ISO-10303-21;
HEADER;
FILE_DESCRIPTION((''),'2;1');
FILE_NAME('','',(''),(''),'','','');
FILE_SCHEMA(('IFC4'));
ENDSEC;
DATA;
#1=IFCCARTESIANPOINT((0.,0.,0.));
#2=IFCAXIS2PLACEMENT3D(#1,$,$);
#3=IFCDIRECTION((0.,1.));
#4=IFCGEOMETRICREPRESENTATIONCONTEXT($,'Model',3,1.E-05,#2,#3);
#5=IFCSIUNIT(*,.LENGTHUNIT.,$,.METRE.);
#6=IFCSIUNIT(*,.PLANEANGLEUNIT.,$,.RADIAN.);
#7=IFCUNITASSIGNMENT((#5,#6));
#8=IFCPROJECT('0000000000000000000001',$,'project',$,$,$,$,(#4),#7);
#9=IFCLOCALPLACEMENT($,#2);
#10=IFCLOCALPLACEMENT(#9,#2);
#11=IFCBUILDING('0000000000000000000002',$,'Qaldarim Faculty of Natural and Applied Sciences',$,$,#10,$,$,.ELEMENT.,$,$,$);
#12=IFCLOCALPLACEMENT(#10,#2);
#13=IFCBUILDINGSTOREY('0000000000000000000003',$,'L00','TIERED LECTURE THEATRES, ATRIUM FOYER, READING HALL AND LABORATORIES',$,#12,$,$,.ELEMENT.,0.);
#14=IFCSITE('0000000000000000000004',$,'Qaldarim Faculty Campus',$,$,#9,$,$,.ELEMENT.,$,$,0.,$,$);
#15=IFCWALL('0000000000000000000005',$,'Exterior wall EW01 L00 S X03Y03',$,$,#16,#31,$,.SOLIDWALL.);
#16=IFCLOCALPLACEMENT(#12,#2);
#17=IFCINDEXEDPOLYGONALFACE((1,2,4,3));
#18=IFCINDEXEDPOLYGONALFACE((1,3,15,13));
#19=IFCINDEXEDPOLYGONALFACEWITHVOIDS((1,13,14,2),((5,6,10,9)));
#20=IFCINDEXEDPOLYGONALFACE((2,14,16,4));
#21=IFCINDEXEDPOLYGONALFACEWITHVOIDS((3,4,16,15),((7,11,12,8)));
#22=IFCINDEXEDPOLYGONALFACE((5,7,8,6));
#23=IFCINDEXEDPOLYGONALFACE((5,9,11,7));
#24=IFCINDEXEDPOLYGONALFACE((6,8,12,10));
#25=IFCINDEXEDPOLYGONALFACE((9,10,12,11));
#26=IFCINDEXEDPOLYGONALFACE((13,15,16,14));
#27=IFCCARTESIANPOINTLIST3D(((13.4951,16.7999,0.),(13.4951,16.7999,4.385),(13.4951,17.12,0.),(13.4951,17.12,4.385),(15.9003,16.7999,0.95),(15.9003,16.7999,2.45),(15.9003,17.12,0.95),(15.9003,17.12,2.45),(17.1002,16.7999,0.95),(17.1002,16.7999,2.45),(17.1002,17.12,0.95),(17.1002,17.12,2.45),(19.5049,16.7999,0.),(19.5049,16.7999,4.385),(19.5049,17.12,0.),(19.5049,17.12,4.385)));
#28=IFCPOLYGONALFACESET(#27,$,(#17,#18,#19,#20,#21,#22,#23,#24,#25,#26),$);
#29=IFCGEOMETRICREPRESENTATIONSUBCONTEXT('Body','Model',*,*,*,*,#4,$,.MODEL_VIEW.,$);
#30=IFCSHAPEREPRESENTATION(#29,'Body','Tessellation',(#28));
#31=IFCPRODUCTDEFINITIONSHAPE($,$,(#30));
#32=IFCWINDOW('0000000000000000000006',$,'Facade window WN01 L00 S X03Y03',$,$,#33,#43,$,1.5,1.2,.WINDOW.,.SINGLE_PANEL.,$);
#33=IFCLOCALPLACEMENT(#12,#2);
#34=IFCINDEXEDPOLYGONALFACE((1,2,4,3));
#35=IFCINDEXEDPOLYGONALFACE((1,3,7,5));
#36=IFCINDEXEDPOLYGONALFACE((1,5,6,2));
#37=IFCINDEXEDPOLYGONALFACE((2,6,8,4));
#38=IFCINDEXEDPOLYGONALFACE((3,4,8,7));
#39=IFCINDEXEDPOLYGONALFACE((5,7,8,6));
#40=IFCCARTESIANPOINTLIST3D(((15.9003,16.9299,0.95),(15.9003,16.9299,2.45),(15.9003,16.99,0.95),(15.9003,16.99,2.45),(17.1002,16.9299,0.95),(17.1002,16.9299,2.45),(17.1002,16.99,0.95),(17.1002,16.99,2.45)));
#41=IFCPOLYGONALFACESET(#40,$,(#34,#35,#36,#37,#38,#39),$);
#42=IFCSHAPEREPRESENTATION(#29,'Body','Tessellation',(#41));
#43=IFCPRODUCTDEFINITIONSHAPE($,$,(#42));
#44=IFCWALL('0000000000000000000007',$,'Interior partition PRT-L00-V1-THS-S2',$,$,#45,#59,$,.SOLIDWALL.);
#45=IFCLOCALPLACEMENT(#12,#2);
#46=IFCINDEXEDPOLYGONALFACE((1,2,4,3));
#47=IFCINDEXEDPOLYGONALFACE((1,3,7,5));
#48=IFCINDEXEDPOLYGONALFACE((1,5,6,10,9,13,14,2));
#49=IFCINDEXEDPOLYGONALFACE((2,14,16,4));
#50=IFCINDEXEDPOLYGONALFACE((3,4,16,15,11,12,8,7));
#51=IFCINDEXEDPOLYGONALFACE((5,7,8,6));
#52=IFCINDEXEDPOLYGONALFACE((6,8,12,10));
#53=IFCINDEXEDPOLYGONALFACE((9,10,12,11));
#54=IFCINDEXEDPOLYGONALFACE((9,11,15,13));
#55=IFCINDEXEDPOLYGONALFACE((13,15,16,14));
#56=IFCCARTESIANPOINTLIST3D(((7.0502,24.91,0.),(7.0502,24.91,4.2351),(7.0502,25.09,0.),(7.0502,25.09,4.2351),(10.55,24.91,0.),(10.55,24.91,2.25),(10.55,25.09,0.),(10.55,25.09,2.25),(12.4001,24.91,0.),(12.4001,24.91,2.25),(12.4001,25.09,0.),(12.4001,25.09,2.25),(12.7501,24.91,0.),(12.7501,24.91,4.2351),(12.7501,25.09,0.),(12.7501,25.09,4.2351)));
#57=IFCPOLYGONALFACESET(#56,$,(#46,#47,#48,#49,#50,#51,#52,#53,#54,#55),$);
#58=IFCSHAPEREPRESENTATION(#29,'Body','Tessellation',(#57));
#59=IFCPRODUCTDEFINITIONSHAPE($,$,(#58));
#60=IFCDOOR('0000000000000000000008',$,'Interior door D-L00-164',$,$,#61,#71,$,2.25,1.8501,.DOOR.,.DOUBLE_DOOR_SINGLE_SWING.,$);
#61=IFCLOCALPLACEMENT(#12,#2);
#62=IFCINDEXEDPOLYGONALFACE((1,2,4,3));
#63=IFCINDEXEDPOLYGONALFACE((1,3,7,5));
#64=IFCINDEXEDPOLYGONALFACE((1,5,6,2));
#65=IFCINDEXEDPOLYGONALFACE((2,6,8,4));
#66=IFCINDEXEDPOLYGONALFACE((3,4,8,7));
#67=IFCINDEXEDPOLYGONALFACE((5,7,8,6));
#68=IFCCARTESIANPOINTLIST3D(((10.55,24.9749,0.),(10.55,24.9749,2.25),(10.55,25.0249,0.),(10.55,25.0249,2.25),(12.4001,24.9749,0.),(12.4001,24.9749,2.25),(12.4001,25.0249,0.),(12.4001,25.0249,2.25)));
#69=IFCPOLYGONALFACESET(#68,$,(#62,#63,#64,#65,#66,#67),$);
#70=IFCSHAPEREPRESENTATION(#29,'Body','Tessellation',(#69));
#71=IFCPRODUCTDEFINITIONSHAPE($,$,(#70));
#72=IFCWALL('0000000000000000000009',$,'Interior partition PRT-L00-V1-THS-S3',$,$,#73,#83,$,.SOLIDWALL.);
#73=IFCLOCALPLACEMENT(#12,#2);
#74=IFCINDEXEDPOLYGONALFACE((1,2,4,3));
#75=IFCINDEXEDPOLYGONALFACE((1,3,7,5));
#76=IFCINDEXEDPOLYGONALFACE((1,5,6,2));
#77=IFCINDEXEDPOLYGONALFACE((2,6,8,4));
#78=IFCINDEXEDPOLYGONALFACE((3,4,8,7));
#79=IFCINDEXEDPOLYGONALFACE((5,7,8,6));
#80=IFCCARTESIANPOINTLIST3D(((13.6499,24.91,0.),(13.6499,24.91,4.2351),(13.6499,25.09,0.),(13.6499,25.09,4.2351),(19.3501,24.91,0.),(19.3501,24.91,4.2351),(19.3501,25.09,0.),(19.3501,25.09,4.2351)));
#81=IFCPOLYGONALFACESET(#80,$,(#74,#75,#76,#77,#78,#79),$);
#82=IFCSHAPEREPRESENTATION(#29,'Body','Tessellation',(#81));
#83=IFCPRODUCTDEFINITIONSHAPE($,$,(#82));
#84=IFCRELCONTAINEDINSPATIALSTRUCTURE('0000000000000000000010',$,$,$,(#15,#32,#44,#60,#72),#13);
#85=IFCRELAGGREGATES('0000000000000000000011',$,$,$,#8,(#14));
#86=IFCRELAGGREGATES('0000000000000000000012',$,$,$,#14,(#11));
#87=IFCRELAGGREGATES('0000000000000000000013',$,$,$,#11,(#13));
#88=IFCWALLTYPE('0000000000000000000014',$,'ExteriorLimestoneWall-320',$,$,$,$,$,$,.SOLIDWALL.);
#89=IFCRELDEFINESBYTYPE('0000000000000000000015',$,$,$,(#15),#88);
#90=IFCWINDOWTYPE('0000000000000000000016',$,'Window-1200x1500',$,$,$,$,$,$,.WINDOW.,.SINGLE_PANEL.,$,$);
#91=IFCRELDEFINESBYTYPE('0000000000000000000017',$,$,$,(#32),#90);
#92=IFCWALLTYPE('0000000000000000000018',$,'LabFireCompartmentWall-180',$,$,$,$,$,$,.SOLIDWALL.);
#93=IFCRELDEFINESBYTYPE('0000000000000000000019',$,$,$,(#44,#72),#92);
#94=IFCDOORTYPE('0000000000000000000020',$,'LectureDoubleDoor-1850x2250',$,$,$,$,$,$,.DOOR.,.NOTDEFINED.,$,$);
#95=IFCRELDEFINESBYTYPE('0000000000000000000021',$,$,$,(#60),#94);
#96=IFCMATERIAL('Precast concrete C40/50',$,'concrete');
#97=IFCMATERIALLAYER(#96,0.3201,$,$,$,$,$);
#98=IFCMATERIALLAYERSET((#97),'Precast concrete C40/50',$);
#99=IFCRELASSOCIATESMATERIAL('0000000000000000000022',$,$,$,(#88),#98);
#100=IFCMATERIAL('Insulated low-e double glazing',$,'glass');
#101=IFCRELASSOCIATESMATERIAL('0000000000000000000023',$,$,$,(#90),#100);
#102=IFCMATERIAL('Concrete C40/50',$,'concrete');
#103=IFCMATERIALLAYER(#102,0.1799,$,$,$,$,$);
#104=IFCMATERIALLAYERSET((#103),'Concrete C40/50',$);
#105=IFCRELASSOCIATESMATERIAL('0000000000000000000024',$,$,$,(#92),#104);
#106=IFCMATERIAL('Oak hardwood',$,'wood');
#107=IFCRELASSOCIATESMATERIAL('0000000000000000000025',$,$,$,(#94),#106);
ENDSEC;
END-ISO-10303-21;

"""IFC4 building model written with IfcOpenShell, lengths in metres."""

from ifc_helpers import new_model, si_unit, direction, frame, frame_2d, origin, place, context, subcontext, project, spatial, rectangle, extrude, material, layer, layer_set, type_object, element, fill, save


model = new_model("IFC4")

# Units and contexts
model_context = context("Model", 3, precision=1e-05, world=origin(), true_north=direction((0.0, 1.0)))
body_context = subcontext(model_context, "Body", "Model", "MODEL_VIEW")
ifc_project = project(units=[si_unit("LENGTHUNIT", "METRE"), si_unit("PLANEANGLEUNIT", "RADIAN")], contexts=[model_context])

# Site, building, storey
site_placement = place(None, origin())
site = spatial("IfcSite", under=ifc_project, at=site_placement, Name="Qaldarim Faculty Campus", CompositionType="ELEMENT", RefElevation=0.0)
building_placement = place(site_placement, origin())
building = spatial("IfcBuilding", under=site, at=building_placement, Name="Qaldarim Faculty of Natural and Applied Sciences", CompositionType="ELEMENT")
storey_placement = place(building_placement, origin())
storey = spatial("IfcBuildingStorey", under=building, at=storey_placement, Name="L00", Description="TIERED LECTURE THEATRES, ATRIUM FOYER, READING HALL AND LABORATORIES", CompositionType="ELEMENT", Elevation=0.0)

# Shared definitions
ifc_material_1 = material(Name="Concrete C40/50", Category="concrete")

# Wall, opening, window
ifc_material_2 = material(Name="Precast concrete C40/50", Category="concrete")
ifc_layer_1 = layer(ifc_material_2, 0.3201)
ifc_layer_set_1 = layer_set([ifc_layer_1], Name="Precast concrete C40/50")
wall_type_1 = type_object("IfcWallType", Name="ExteriorLimestoneWall-320", PredefinedType="SOLIDWALL", material=ifc_layer_set_1)
wall_1_placement = place(storey_placement, frame((13.4951, 16.96, 0.0), z_axis=(0.0, 0.0, 1.0), x_axis=(1.0, 0.0, 0.0)))
wall_1 = element("IfcWall", 1, at=wall_1_placement, inside=storey, type_object=wall_type_1, Name="Exterior wall EW01 L00 S X03Y03", PredefinedType="SOLIDWALL", context=body_context, shape_type="SweptSolid", body=[
    extrude(rectangle(XDim=6.0098, YDim=0.3201, at=frame_2d((3.0049, 0.0))), origin(), (0.0, 0.0, 1.0), 4.385),
])
opening_1_placement = place(wall_1_placement, frame((2.405, 0.0, 0.95)))
opening_1 = element("IfcOpeningElement", 2, at=opening_1_placement, cuts=wall_1, PredefinedType="OPENING", context=body_context, shape_type="SweptSolid", body=[
    extrude(rectangle(XDim=1.2, YDim=1.5, at=frame_2d((0.6001, 0.75))), frame((0.0, 0.1699, 0.0), z_axis=(0.0, -1.0, 0.0), x_axis=(1.0, 0.0, 0.0)), (0.0, 0.0, 1.0), 0.3401),
])
ifc_material_3 = material(Name="Insulated low-e double glazing", Category="glass")
window_type = type_object("IfcWindowType", Name="Window-1200x1500", PartitioningType="SINGLE_PANEL", PredefinedType="WINDOW", material=ifc_material_3)
window_placement = place(opening_1_placement, origin())
window = element("IfcWindow", 3, at=window_placement, inside=storey, type_object=window_type, Name="Facade window WN01 L00 S X03Y03", OverallHeight=1.5, OverallWidth=1.2, PartitioningType="SINGLE_PANEL", PredefinedType="WINDOW", context=body_context, shape_type="SweptSolid", body=[
    extrude(rectangle(XDim=1.2, YDim=1.5, at=frame_2d((0.6001, 0.75))), frame((0.0, 0.03, 0.0), z_axis=(0.0, -1.0, 0.0), x_axis=(1.0, 0.0, 0.0)), (0.0, 0.0, 1.0), 0.0601),
])
fill(opening_1, window)

# Wall, opening, door
ifc_layer_2 = layer(ifc_material_1, 0.1799)
ifc_layer_set_2 = layer_set([ifc_layer_2], Name="Concrete C40/50")
wall_type_2 = type_object("IfcWallType", Name="LabFireCompartmentWall-180", PredefinedType="SOLIDWALL", material=ifc_layer_set_2)
wall_2_placement = place(storey_placement, frame((7.05, 25.0, 0.0), z_axis=(0.0, 0.0, 1.0), x_axis=(1.0, 0.0, 0.0)))
wall_2 = element("IfcWall", 4, at=wall_2_placement, inside=storey, type_object=wall_type_2, Name="Interior partition PRT-L00-V1-THS-S2", PredefinedType="SOLIDWALL", context=body_context, shape_type="SweptSolid", body=[
    extrude(rectangle(XDim=5.7, YDim=0.1799, at=frame_2d((2.8501, 0.0))), origin(), (0.0, 0.0, 1.0), 4.2351),
])
opening_2_placement = place(wall_2_placement, frame((3.5, 0.0, 0.0)))
opening_2 = element("IfcOpeningElement", 5, at=opening_2_placement, cuts=wall_2, PredefinedType="OPENING", context=body_context, shape_type="SweptSolid", body=[
    extrude(rectangle(XDim=1.8501, YDim=2.25, at=frame_2d((0.925, 1.125))), frame((0.0, 0.0999, 0.0), z_axis=(0.0, -1.0, 0.0), x_axis=(1.0, 0.0, 0.0)), (0.0, 0.0, 1.0), 0.2),
])
ifc_material_4 = material(Name="Oak hardwood", Category="wood")
door_type = type_object("IfcDoorType", Name="LectureDoubleDoor-1850x2250", OperationType="NOTDEFINED", PredefinedType="DOOR", material=ifc_material_4)
door_placement = place(opening_2_placement, origin())
door = element("IfcDoor", 6, at=door_placement, inside=storey, type_object=door_type, Name="Interior door D-L00-164", OperationType="DOUBLE_DOOR_SINGLE_SWING", OverallHeight=2.25, OverallWidth=1.8501, PredefinedType="DOOR", context=body_context, shape_type="SweptSolid", body=[
    extrude(rectangle(XDim=1.8501, YDim=2.25, at=frame_2d((0.925, 1.125))), frame((0.0, 0.0249, 0.0), z_axis=(0.0, -1.0, 0.0), x_axis=(1.0, 0.0, 0.0)), (0.0, 0.0, 1.0), 0.05),
])
fill(opening_2, door)

# Wall
wall_3_placement = place(storey_placement, frame((13.6499, 25.0, 0.0), z_axis=(0.0, 0.0, 1.0), x_axis=(1.0, 0.0, 0.0)))
element("IfcWall", 7, at=wall_3_placement, inside=storey, type_object=wall_type_2, Name="Interior partition PRT-L00-V1-THS-S3", PredefinedType="SOLIDWALL", context=body_context, shape_type="SweptSolid", body=[
    extrude(rectangle(XDim=5.7002, YDim=0.1799, at=frame_2d((2.8501, 0.0))), origin(), (0.0, 0.0, 1.0), 4.2351),
])

save(model, "model.ifc")
